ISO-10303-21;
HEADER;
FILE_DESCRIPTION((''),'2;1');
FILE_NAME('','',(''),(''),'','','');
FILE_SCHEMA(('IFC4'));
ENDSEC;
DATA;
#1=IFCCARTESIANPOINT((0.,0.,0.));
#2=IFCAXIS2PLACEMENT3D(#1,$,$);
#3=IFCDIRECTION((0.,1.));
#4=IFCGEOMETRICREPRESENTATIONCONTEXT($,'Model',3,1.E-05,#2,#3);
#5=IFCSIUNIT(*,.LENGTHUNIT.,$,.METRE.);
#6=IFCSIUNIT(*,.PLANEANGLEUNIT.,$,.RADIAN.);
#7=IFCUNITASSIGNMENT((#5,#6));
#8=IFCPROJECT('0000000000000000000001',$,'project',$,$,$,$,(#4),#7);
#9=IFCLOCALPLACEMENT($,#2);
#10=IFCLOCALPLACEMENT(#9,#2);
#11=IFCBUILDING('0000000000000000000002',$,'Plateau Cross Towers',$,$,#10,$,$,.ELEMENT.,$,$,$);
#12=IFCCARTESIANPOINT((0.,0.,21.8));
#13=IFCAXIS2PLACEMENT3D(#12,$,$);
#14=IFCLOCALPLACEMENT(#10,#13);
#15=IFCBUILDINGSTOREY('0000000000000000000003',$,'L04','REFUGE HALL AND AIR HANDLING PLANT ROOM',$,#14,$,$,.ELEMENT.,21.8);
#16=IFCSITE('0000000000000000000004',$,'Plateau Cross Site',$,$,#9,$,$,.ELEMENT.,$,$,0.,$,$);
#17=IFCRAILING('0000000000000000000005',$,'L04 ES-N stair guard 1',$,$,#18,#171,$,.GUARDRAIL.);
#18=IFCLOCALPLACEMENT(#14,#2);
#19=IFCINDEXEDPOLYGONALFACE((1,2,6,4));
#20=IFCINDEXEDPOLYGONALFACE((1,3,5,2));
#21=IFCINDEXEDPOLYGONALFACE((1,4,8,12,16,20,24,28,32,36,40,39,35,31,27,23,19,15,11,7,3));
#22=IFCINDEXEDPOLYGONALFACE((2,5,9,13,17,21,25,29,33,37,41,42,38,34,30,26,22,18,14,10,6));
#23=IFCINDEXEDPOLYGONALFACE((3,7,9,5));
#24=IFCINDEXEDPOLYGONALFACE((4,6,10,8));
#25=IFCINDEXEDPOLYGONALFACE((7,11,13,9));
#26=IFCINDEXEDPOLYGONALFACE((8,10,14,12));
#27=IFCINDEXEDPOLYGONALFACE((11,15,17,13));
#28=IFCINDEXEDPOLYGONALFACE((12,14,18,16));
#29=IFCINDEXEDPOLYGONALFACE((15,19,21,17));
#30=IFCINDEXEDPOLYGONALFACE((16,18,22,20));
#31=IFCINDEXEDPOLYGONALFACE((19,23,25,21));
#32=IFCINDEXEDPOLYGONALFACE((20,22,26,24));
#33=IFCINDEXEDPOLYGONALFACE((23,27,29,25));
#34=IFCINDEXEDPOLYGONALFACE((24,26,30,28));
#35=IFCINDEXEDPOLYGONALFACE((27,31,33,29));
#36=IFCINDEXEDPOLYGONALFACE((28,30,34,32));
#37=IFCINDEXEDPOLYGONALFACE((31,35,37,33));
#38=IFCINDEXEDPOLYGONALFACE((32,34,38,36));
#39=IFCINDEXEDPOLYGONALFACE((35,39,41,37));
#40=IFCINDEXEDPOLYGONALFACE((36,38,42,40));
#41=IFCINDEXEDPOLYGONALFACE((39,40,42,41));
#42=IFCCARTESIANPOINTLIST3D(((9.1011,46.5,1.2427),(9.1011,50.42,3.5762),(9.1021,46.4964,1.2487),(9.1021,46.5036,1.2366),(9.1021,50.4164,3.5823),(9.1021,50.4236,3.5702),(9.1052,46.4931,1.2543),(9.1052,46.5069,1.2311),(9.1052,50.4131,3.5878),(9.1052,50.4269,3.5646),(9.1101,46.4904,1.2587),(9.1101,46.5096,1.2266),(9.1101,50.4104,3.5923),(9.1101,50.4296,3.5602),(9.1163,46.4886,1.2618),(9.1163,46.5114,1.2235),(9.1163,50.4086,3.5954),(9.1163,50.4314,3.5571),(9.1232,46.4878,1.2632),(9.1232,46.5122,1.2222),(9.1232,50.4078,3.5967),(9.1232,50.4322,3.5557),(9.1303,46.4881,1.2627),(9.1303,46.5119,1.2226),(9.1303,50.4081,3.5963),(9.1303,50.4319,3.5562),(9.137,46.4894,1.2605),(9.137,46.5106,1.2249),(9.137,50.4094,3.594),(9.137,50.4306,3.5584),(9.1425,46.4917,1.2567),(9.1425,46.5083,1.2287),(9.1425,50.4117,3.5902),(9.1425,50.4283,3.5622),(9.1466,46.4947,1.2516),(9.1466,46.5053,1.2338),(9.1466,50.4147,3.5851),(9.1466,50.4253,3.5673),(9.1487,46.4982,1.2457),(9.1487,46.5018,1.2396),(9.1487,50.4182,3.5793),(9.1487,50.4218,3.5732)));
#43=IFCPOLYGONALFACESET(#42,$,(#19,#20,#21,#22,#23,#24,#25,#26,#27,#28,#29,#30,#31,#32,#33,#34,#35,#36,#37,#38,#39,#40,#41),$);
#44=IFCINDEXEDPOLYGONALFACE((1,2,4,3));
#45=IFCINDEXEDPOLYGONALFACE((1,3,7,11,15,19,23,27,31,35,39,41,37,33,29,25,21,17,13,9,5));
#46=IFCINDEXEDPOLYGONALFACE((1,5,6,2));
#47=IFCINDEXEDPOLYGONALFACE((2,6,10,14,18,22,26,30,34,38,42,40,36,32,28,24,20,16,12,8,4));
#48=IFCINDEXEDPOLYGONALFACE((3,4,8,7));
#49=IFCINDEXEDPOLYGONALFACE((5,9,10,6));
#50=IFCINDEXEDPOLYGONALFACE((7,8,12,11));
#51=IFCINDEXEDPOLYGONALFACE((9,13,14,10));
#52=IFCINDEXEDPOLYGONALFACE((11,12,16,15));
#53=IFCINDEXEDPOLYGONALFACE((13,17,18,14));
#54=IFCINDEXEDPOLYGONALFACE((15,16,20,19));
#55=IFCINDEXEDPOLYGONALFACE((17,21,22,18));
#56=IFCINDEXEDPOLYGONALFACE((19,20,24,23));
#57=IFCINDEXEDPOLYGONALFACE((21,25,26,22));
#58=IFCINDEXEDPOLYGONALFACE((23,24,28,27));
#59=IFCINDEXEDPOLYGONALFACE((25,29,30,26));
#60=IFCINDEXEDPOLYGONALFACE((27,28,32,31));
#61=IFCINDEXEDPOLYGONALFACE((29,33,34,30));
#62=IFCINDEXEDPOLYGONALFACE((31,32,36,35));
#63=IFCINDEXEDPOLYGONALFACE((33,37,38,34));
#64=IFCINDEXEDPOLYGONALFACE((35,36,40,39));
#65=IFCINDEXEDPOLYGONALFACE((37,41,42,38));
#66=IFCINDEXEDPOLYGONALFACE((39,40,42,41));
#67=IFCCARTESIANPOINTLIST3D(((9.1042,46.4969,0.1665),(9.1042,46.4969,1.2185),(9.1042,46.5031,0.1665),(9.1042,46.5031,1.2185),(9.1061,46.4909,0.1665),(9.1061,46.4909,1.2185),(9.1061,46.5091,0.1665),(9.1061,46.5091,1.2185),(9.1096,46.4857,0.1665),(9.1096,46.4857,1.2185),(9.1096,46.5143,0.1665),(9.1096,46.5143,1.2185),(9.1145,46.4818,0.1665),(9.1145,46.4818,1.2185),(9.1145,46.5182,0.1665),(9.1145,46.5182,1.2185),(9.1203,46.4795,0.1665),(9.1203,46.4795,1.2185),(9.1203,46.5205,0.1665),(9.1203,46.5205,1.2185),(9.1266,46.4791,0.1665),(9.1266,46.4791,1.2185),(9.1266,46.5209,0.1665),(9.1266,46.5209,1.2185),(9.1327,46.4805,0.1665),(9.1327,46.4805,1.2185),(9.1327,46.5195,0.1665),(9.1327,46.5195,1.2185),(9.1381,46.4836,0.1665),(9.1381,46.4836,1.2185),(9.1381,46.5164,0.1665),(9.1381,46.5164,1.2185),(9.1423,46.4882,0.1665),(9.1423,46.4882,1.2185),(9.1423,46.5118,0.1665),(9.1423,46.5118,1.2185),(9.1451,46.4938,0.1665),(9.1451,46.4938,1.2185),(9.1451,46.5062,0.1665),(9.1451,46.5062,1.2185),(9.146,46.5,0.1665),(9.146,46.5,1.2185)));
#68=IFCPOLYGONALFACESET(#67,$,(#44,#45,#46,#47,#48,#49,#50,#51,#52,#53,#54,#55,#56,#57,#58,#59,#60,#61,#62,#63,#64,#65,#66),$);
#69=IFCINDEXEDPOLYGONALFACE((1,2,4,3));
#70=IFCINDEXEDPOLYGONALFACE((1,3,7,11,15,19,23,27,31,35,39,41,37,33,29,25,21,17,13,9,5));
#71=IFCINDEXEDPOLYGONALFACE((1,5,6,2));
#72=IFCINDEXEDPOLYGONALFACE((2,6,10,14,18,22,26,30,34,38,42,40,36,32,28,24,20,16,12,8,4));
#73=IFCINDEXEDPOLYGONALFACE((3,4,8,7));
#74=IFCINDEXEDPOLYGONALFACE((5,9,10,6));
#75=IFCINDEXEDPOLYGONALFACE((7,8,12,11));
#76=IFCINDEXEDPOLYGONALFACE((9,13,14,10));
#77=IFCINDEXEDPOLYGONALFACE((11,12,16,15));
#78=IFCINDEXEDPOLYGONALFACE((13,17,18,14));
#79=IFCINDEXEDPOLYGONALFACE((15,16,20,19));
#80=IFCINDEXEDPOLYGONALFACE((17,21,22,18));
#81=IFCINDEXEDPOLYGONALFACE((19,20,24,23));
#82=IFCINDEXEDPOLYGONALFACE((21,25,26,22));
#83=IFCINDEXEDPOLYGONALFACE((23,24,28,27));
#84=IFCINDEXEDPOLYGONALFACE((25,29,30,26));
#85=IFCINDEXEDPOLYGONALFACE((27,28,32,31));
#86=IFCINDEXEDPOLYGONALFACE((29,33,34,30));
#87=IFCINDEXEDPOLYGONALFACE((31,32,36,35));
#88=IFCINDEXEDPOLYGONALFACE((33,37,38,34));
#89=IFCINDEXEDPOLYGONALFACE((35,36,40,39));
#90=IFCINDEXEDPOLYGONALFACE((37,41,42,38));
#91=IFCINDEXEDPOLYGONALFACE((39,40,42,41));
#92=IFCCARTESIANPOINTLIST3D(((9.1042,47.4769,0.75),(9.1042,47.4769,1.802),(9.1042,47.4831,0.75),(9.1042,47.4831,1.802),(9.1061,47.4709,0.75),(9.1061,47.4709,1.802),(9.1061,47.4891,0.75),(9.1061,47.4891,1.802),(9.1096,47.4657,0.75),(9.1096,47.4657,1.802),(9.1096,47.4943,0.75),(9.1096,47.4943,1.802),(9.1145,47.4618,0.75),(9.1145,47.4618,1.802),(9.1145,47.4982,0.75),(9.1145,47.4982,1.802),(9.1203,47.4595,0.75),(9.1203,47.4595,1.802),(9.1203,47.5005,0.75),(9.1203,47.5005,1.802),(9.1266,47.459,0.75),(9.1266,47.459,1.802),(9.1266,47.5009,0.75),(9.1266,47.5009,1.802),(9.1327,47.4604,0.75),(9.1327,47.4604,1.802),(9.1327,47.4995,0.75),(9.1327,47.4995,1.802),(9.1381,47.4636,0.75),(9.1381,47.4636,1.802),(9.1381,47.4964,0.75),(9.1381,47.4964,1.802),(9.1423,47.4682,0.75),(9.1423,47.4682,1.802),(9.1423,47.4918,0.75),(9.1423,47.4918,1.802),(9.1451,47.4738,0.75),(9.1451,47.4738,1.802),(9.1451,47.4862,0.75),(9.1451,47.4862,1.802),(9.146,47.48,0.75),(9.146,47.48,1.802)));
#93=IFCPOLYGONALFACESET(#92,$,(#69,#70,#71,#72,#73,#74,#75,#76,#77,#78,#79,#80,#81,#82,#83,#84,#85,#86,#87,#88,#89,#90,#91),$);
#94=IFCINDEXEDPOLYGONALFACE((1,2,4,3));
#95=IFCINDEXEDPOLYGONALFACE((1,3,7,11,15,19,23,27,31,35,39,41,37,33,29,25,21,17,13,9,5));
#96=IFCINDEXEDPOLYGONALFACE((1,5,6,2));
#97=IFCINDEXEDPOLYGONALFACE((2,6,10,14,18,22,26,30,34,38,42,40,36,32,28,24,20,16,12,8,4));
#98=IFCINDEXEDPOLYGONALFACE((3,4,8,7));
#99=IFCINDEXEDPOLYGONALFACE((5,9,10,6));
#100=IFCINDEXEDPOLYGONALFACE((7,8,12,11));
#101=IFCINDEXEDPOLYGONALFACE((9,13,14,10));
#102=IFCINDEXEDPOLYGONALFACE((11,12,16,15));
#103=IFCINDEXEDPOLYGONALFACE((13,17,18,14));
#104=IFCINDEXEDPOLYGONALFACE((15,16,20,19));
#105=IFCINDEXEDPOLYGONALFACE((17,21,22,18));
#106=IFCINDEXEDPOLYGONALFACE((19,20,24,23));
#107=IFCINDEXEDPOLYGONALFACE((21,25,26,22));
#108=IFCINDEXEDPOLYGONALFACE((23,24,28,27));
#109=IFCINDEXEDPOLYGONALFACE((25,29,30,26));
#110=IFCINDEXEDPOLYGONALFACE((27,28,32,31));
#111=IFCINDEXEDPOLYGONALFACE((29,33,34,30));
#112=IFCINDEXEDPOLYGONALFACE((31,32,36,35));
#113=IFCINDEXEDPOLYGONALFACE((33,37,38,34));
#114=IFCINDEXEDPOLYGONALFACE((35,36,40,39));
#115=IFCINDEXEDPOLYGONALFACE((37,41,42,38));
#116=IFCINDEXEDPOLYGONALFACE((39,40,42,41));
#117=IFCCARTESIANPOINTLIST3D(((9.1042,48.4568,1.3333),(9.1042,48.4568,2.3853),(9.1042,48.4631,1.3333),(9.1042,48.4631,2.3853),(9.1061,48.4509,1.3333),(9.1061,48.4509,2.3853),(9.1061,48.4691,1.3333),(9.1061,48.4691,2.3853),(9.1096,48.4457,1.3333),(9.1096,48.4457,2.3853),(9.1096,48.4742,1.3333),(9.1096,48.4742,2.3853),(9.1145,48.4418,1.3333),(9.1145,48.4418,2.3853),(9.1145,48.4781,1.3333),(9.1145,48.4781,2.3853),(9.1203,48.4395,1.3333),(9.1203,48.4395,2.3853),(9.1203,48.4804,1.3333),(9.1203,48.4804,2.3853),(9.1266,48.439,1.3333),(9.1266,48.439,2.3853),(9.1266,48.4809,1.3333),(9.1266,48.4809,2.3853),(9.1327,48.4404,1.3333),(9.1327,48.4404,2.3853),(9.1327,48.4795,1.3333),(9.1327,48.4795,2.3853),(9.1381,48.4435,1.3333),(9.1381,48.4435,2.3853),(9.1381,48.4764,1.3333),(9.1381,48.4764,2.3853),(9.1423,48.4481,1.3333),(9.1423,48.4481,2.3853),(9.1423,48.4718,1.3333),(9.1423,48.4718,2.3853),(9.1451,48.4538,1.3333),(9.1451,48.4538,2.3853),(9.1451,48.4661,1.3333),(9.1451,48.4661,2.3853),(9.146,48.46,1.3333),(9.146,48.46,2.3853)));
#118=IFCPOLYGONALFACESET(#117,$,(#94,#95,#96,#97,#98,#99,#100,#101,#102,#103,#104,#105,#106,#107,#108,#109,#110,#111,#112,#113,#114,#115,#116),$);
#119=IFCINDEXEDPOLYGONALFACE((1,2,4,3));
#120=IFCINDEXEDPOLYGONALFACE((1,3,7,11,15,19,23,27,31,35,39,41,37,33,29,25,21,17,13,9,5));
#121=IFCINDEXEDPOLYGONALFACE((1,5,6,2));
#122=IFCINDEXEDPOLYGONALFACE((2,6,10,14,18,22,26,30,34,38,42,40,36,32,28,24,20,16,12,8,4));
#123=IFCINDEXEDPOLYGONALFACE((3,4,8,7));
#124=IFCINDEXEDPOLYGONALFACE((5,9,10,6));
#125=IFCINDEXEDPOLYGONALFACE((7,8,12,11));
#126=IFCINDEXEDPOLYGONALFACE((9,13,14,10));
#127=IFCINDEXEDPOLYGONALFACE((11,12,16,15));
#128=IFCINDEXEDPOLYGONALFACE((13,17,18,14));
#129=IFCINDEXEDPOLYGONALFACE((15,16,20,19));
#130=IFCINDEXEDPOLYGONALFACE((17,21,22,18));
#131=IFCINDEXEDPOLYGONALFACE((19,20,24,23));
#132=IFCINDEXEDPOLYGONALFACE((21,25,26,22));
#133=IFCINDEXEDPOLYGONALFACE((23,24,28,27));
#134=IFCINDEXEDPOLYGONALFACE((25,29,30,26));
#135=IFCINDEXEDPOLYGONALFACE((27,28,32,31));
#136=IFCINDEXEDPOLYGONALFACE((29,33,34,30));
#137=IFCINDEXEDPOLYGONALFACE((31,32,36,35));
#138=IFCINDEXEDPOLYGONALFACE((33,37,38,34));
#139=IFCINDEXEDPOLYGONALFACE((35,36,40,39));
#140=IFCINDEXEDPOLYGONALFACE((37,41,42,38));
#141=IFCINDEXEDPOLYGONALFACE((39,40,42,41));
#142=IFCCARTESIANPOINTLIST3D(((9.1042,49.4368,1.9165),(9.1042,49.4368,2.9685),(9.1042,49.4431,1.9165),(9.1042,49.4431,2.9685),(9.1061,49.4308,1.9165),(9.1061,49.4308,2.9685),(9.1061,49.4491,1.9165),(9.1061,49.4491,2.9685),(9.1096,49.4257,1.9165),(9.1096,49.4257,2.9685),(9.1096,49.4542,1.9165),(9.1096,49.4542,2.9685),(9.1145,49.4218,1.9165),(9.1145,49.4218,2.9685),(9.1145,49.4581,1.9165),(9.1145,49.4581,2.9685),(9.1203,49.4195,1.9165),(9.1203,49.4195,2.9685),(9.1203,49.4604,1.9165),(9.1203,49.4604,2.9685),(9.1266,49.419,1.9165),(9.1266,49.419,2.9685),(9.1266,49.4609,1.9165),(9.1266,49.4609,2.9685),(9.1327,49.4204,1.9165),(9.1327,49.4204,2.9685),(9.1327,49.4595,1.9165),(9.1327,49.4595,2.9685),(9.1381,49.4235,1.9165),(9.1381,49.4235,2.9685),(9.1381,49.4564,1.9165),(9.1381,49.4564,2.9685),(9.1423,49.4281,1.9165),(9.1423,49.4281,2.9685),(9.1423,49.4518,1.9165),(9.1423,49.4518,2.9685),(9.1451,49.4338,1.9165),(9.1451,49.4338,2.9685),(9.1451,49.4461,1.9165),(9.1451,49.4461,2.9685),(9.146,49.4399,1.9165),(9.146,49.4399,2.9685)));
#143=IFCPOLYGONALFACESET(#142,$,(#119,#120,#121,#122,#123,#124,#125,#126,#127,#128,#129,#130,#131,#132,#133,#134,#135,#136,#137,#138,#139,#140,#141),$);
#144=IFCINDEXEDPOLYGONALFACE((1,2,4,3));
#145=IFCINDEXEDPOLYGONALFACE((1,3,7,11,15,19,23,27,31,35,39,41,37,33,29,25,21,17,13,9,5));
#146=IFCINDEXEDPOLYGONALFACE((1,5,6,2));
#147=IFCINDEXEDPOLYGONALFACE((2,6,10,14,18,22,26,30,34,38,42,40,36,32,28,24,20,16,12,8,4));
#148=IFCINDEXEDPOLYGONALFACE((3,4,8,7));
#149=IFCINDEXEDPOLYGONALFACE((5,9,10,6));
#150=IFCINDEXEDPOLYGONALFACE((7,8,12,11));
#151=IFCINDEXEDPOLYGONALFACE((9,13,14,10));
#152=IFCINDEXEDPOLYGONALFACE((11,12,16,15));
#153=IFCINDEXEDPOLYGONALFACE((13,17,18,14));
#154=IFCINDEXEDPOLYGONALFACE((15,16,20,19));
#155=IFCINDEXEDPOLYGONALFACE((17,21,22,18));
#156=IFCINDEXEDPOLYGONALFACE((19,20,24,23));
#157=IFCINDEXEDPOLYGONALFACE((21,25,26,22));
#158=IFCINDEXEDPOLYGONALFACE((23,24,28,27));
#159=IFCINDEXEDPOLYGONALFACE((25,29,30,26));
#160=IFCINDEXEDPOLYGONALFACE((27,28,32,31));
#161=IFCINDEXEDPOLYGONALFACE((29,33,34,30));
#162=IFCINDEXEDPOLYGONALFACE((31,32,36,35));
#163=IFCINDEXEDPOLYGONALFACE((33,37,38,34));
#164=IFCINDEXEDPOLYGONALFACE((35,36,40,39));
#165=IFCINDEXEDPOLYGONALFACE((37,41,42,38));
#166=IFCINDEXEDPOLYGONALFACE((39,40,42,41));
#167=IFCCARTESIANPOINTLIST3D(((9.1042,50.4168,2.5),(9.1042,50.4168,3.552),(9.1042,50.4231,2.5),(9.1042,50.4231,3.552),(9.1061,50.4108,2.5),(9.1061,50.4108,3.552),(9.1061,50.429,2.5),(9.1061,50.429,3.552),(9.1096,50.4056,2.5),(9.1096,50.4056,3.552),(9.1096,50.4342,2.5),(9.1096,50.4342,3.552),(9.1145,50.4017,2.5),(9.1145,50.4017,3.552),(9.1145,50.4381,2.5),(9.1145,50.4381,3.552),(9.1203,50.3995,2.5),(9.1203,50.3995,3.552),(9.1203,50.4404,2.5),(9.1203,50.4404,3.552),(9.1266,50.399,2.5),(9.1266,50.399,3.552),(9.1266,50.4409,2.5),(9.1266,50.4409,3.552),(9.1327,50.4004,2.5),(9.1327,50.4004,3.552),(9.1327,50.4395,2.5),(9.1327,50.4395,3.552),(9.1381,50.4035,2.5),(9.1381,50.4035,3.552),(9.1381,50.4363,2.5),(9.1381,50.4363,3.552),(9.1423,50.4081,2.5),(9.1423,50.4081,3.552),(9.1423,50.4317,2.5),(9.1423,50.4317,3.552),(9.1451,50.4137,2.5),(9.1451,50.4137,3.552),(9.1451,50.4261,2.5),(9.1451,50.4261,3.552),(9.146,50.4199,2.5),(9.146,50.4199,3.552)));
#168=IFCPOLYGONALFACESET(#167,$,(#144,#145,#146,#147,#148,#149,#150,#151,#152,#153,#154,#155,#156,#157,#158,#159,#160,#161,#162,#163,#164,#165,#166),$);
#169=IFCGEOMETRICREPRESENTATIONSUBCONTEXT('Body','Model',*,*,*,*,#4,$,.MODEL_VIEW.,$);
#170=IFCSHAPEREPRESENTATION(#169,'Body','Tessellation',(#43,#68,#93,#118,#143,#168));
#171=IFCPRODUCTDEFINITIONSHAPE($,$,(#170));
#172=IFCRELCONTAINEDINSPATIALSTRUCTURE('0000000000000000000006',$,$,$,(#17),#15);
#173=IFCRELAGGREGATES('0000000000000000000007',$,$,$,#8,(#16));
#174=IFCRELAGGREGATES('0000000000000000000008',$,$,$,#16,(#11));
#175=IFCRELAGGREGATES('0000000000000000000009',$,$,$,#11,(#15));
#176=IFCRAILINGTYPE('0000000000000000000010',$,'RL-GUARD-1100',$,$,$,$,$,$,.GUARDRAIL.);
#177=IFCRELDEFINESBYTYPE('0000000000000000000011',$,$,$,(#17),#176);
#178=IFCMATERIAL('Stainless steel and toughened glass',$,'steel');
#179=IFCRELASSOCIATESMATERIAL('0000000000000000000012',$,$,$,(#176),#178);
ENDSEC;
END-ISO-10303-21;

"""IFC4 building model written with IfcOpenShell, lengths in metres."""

from ifc_helpers import new_model, si_unit, direction, frame, origin, origin_2d, place, context, subcontext, project, spatial, circle, extrude, material, type_object, element, save


model = new_model("IFC4")

# Units and contexts
model_context = context("Model", 3, precision=1e-05, world=origin(), true_north=direction((0.0, 1.0)))
body_context = subcontext(model_context, "Body", "Model", "MODEL_VIEW")
ifc_project = project(units=[si_unit("LENGTHUNIT", "METRE"), si_unit("PLANEANGLEUNIT", "RADIAN")], contexts=[model_context])

# Site, building, storey
site_placement = place(None, origin())
site = spatial("IfcSite", under=ifc_project, at=site_placement, Name="Plateau Cross Site", CompositionType="ELEMENT", RefElevation=0.0)
building_placement = place(site_placement, origin())
building = spatial("IfcBuilding", under=site, at=building_placement, Name="Plateau Cross Towers", CompositionType="ELEMENT")
storey_placement = place(building_placement, frame((0.0, 0.0, 21.8)))
storey = spatial("IfcBuildingStorey", under=building, at=storey_placement, Name="L04", Description="REFUGE HALL AND AIR HANDLING PLANT ROOM", CompositionType="ELEMENT", Elevation=21.8)

# Railing
ifc_material_1 = material(Name="Stainless steel and toughened glass", Category="steel")
railing_type_1 = type_object("IfcRailingType", Name="RL-GUARD-1100", PredefinedType="GUARDRAIL", material=ifc_material_1)
railing_1_placement = place(storey_placement, frame((9.125, 46.5, 0.1665)))
element("IfcRailing", 1, at=railing_1_placement, inside=storey, type_object=railing_type_1, Name="L04 ES-N stair guard 1", PredefinedType="GUARDRAIL", context=body_context, shape_type="SweptSolid", body=[
    extrude(circle(Radius=0.0239, at=origin_2d()), frame((0.0, 0.0, 1.0762), z_axis=(0.0, 0.859273, 0.511518), x_axis=(-1.0, 0.0, 0.0)), (0.0, 0.0, 1.0), 4.562),
    extrude(circle(Radius=0.021, at=origin_2d()), origin(), (0.0, 0.0, 1.0), 1.052),
    extrude(circle(Radius=0.021, at=origin_2d()), frame((0.0, 0.98, 0.5835)), (0.0, 0.0, 1.0), 1.052),
    extrude(circle(Radius=0.021, at=origin_2d()), frame((0.0, 1.96, 1.1667)), (0.0, 0.0, 1.0), 1.052),
    extrude(circle(Radius=0.021, at=origin_2d()), frame((0.0, 2.9399, 1.75)), (0.0, 0.0, 1.0), 1.052),
    extrude(circle(Radius=0.021, at=origin_2d()), frame((0.0, 3.9199, 2.3335)), (0.0, 0.0, 1.0), 1.052),
])

save(model, "model.ifc")
